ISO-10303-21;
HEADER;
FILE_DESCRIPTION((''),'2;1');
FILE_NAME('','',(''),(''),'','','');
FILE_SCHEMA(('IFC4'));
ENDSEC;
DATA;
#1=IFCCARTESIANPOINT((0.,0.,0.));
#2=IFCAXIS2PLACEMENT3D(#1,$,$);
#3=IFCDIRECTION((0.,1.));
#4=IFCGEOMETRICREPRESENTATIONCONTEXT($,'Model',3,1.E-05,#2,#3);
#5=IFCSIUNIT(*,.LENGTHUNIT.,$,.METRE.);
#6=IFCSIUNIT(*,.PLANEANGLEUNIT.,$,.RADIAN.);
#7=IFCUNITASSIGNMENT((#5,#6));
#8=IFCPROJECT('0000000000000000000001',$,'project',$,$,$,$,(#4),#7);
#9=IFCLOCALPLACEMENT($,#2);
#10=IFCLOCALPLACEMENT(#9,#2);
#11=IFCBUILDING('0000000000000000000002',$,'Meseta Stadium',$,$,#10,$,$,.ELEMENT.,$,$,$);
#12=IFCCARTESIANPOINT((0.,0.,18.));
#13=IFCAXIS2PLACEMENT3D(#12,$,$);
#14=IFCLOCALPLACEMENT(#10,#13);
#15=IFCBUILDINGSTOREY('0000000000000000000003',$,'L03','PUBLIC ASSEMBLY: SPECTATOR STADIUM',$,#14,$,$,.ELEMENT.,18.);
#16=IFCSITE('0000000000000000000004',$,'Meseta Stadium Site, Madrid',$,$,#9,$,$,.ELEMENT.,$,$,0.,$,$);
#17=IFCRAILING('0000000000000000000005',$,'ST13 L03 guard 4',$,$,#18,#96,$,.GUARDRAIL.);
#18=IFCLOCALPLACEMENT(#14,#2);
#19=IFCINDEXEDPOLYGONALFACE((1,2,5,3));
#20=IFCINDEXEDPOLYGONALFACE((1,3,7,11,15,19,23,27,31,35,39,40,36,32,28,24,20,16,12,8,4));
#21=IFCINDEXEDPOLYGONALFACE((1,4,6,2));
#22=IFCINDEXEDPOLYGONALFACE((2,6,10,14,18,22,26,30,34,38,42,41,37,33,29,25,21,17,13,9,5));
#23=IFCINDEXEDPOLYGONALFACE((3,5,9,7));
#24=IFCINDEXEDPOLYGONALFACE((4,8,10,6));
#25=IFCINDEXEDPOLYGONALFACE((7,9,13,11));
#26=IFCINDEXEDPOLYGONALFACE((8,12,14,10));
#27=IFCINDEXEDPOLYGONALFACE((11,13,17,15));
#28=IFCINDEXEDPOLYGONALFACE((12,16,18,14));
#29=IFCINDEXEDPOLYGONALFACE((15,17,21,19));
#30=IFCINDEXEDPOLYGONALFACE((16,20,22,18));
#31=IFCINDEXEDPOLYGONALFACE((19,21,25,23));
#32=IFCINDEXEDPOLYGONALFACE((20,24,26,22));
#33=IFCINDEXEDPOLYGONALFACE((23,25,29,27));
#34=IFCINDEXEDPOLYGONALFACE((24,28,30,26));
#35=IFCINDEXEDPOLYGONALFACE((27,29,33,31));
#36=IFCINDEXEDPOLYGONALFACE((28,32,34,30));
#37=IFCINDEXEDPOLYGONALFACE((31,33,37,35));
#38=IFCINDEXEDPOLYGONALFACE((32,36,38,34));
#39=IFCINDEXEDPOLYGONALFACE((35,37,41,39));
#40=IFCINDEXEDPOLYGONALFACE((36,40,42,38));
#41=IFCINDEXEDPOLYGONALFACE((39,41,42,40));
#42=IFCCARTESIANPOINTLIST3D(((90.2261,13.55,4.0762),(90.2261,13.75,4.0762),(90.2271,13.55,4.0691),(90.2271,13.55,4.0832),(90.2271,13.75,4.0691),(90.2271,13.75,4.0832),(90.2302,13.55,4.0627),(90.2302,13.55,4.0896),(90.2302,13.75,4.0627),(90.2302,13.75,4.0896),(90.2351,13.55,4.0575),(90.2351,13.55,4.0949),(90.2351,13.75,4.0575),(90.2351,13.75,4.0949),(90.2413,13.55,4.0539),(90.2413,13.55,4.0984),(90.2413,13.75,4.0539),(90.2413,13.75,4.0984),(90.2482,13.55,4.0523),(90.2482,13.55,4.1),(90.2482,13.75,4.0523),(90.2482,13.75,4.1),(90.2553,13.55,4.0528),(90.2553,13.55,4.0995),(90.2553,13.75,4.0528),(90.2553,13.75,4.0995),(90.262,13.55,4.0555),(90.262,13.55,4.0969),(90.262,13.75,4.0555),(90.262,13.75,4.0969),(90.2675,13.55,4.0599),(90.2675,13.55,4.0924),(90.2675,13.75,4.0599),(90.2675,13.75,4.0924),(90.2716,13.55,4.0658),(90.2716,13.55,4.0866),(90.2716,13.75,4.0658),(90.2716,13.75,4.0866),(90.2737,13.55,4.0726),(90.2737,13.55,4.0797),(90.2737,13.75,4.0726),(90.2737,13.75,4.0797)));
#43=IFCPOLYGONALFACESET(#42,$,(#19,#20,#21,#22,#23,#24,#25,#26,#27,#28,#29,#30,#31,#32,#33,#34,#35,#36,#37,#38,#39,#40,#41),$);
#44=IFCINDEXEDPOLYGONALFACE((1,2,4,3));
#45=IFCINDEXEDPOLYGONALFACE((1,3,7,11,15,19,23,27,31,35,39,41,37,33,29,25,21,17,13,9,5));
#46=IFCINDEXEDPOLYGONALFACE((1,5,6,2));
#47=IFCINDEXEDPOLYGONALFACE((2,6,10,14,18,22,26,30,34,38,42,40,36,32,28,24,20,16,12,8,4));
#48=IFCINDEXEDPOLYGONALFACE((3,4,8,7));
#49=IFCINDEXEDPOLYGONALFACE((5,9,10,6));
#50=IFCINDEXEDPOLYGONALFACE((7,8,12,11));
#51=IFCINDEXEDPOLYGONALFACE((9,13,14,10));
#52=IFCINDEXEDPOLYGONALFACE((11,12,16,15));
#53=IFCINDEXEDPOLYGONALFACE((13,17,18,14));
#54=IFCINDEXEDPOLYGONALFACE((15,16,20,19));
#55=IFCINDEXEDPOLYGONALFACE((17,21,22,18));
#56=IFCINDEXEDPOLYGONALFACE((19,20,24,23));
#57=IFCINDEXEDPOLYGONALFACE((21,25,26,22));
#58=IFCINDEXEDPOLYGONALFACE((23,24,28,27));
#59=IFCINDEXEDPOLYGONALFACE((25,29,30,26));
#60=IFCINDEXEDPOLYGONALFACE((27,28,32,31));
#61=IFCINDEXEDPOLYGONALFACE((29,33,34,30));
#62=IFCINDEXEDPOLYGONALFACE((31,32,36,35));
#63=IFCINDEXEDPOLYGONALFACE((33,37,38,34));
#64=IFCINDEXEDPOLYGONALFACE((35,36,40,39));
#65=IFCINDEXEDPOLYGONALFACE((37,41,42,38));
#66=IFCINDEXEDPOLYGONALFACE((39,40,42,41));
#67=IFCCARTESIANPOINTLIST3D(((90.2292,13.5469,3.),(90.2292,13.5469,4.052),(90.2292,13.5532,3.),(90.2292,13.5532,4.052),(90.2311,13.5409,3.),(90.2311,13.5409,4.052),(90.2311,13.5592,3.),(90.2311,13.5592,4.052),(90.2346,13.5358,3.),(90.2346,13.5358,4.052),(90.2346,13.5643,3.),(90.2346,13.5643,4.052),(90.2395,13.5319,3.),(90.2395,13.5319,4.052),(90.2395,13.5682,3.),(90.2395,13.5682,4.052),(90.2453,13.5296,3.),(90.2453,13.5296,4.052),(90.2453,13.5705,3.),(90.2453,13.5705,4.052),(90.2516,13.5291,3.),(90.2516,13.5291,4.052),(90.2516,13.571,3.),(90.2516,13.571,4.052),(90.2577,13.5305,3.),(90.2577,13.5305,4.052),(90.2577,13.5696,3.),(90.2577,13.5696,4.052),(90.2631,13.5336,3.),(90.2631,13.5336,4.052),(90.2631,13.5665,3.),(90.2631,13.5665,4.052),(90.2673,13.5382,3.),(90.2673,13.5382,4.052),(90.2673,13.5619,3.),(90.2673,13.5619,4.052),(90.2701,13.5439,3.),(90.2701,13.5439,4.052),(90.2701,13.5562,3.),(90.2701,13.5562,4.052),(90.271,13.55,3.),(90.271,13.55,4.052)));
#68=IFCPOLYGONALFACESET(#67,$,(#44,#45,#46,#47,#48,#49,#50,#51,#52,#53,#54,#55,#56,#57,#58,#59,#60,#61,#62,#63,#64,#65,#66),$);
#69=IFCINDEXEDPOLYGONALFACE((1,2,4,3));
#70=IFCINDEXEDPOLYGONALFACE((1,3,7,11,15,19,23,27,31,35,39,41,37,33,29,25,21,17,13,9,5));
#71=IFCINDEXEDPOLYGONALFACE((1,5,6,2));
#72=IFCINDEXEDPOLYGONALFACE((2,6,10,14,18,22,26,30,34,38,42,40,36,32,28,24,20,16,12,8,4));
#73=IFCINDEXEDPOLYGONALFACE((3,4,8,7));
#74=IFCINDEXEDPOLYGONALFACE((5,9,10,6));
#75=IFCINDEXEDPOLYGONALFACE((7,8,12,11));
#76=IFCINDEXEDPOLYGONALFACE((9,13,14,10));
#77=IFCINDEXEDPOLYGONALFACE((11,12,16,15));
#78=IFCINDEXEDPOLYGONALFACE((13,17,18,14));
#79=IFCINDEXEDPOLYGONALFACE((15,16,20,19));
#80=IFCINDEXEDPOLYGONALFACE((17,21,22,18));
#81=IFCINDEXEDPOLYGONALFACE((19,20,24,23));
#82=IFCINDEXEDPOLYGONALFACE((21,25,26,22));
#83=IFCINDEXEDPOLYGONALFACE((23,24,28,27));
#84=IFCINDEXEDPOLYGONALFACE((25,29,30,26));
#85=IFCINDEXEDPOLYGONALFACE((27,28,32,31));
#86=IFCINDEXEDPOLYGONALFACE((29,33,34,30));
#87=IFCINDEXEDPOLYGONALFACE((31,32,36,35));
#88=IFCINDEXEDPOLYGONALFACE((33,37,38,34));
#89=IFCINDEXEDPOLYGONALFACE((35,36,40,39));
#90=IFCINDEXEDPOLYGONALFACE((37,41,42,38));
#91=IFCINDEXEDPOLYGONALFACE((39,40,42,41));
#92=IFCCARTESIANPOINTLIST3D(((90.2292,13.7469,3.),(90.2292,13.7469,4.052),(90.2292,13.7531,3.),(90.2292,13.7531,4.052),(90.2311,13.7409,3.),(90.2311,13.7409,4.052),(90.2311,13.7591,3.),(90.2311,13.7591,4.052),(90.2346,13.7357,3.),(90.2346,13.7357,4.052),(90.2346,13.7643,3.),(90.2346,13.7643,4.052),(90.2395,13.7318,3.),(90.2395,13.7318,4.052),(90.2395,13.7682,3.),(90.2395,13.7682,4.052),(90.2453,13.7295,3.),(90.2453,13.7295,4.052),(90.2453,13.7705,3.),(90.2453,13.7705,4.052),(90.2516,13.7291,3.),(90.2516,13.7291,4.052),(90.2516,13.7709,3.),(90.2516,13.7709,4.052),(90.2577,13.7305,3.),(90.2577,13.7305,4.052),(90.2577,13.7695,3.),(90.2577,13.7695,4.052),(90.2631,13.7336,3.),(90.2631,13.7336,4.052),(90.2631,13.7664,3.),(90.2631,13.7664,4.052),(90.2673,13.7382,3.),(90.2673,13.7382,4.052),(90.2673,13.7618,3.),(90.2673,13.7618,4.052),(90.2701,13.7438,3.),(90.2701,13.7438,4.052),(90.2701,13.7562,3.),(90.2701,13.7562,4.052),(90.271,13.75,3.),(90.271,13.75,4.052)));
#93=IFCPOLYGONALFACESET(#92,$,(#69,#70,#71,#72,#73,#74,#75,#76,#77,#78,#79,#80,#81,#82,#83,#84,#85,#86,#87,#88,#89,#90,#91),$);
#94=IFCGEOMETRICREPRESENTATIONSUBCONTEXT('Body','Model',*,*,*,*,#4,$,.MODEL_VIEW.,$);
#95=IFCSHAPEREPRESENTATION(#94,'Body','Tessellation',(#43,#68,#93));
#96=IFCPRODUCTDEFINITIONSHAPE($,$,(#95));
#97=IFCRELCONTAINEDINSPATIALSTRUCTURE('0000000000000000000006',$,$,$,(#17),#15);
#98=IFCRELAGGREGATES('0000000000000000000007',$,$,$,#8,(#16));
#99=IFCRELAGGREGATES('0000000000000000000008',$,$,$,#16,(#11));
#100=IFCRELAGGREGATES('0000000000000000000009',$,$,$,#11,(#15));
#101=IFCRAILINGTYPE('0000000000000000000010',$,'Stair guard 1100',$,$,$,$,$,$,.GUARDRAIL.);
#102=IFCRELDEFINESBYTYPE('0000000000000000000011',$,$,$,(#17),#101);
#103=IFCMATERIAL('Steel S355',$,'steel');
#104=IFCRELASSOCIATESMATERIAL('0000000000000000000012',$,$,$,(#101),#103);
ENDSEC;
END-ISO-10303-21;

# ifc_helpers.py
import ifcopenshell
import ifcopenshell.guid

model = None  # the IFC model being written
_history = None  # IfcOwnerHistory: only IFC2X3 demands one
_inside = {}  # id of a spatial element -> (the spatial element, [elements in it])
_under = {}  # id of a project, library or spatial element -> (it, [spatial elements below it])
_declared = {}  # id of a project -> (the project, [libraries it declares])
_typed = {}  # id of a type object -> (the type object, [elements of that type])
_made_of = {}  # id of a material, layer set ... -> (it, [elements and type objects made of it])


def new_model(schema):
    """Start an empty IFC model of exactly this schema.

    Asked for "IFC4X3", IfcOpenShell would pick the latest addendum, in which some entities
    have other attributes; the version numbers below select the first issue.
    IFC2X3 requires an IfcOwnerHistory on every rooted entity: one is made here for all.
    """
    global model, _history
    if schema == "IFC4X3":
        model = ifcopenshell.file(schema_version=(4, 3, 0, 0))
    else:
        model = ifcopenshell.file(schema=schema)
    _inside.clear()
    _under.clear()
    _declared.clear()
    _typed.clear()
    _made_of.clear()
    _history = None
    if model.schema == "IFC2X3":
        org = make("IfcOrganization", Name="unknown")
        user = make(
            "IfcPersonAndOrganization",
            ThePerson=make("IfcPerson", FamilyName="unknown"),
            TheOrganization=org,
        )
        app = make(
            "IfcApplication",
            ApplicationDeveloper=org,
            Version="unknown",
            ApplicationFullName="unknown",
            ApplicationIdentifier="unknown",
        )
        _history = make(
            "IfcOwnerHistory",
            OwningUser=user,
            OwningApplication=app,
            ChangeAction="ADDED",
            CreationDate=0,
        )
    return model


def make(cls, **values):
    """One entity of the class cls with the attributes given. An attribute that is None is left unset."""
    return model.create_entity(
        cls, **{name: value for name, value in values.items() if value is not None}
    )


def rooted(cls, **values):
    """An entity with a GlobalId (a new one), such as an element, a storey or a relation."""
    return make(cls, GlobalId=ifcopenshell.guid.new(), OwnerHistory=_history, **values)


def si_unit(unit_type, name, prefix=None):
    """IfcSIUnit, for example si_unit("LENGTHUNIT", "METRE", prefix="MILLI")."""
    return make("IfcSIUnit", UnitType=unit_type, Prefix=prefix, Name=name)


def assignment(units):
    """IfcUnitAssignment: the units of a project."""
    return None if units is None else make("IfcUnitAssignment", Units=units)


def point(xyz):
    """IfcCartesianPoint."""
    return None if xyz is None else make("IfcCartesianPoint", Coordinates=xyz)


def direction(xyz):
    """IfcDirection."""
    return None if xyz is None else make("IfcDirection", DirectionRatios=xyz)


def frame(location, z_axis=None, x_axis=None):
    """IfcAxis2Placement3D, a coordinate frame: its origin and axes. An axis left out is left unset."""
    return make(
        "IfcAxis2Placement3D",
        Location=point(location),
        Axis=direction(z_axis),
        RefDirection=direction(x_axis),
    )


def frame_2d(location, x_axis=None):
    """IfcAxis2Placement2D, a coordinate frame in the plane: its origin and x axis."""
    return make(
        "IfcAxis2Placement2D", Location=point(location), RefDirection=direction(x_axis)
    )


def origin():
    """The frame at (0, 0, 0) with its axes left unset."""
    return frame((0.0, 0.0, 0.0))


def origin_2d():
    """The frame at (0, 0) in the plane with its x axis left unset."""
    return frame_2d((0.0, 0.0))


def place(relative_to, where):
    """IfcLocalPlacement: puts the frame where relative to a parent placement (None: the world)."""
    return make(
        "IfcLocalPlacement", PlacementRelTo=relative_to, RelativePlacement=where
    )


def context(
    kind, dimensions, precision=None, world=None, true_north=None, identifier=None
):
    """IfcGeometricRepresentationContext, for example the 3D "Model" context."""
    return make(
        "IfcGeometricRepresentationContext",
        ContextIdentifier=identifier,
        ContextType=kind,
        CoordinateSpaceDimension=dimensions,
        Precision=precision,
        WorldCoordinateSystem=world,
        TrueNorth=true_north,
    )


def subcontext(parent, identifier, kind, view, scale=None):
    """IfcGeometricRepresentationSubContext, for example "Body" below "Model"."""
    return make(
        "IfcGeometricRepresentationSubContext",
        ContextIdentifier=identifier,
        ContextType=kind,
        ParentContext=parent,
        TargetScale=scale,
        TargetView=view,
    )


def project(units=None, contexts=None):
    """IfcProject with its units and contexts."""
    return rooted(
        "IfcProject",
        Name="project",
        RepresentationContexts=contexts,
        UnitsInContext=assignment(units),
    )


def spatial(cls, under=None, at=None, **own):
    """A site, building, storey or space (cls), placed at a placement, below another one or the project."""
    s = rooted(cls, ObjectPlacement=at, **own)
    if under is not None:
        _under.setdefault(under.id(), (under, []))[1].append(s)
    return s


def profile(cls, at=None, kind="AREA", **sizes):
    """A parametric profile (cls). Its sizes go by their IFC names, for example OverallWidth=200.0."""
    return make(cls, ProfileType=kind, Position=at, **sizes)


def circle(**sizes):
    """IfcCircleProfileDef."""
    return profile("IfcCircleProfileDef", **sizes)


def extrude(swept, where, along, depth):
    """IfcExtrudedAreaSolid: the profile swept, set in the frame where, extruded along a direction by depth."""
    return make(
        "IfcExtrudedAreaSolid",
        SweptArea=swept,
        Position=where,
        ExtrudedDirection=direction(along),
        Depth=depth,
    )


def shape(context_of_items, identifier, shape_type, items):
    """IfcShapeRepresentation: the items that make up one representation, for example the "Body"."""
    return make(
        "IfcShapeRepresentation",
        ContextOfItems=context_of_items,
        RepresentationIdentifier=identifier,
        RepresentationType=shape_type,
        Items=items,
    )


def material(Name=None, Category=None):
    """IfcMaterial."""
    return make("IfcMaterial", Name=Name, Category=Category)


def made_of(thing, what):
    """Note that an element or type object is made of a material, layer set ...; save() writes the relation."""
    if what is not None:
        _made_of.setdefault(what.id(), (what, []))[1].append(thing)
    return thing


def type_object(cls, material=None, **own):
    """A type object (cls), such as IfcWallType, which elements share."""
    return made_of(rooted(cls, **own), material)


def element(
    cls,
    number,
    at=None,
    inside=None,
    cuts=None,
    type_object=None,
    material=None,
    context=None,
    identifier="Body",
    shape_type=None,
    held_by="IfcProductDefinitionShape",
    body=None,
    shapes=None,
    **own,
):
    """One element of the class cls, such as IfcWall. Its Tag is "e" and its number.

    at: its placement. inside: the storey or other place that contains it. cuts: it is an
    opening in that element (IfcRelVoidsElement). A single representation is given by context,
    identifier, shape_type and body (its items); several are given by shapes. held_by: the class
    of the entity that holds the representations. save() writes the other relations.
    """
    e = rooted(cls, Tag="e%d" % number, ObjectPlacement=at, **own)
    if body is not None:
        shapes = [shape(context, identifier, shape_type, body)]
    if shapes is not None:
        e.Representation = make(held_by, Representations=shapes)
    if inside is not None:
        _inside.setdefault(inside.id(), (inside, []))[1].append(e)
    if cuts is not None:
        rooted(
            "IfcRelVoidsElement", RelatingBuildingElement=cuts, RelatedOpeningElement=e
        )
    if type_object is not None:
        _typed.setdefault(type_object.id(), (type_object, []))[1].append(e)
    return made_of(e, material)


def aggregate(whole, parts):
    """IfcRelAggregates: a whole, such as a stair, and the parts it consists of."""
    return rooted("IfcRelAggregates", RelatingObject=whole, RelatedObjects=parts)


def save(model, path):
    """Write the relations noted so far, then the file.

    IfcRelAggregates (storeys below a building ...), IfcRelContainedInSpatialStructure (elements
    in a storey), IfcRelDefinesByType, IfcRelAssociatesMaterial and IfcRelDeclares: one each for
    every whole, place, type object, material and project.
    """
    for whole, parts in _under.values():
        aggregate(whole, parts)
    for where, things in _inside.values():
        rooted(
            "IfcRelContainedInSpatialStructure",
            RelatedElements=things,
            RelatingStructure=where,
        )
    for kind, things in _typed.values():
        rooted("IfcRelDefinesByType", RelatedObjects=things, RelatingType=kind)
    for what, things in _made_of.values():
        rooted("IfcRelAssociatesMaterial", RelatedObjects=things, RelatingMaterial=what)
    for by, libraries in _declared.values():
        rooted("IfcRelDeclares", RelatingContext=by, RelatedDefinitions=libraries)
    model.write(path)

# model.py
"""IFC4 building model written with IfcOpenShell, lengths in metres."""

from ifc_helpers import new_model, si_unit, direction, frame, origin, origin_2d, place, context, subcontext, project, spatial, circle, extrude, material, type_object, element, save


model = new_model("IFC4")

# Units and contexts
model_context = context("Model", 3, precision=1e-05, world=origin(), true_north=direction((0.0, 1.0)))
body_context = subcontext(model_context, "Body", "Model", "MODEL_VIEW")
ifc_project = project(units=[si_unit("LENGTHUNIT", "METRE"), si_unit("PLANEANGLEUNIT", "RADIAN")], contexts=[model_context])

# Site, building, storey
site_placement = place(None, origin())
site = spatial("IfcSite", under=ifc_project, at=site_placement, Name="Meseta Stadium Site, Madrid", CompositionType="ELEMENT", RefElevation=0.0)
building_placement = place(site_placement, origin())
building = spatial("IfcBuilding", under=site, at=building_placement, Name="Meseta Stadium", CompositionType="ELEMENT")
storey_placement = place(building_placement, frame((0.0, 0.0, 18.0)))
storey = spatial("IfcBuildingStorey", under=building, at=storey_placement, Name="L03", Description="PUBLIC ASSEMBLY: SPECTATOR STADIUM", CompositionType="ELEMENT", Elevation=18.0)

# Railing
ifc_material_1 = material(Name="Steel S355", Category="steel")
railing_type_1 = type_object("IfcRailingType", Name="Stair guard 1100", PredefinedType="GUARDRAIL", material=ifc_material_1)
railing_1_placement = place(storey_placement, frame((90.25, 13.55, 3.0)))
element("IfcRailing", 1, at=railing_1_placement, inside=storey, type_object=railing_type_1, Name="ST13 L03 guard 4", PredefinedType="GUARDRAIL", context=body_context, shape_type="SweptSolid", body=[
    extrude(circle(Radius=0.0239, at=origin_2d()), frame((0.0, 0.0, 1.0762), z_axis=(0.0, 1.0, 0.0), x_axis=(-1.0, 0.0, 0.0)), (0.0, 0.0, 1.0), 0.2),
    extrude(circle(Radius=0.021, at=origin_2d()), origin(), (0.0, 0.0, 1.0), 1.052),
    extrude(circle(Radius=0.021, at=origin_2d()), frame((0.0, 0.2, 0.0)), (0.0, 0.0, 1.0), 1.052),
])

save(model, "model.ifc")
